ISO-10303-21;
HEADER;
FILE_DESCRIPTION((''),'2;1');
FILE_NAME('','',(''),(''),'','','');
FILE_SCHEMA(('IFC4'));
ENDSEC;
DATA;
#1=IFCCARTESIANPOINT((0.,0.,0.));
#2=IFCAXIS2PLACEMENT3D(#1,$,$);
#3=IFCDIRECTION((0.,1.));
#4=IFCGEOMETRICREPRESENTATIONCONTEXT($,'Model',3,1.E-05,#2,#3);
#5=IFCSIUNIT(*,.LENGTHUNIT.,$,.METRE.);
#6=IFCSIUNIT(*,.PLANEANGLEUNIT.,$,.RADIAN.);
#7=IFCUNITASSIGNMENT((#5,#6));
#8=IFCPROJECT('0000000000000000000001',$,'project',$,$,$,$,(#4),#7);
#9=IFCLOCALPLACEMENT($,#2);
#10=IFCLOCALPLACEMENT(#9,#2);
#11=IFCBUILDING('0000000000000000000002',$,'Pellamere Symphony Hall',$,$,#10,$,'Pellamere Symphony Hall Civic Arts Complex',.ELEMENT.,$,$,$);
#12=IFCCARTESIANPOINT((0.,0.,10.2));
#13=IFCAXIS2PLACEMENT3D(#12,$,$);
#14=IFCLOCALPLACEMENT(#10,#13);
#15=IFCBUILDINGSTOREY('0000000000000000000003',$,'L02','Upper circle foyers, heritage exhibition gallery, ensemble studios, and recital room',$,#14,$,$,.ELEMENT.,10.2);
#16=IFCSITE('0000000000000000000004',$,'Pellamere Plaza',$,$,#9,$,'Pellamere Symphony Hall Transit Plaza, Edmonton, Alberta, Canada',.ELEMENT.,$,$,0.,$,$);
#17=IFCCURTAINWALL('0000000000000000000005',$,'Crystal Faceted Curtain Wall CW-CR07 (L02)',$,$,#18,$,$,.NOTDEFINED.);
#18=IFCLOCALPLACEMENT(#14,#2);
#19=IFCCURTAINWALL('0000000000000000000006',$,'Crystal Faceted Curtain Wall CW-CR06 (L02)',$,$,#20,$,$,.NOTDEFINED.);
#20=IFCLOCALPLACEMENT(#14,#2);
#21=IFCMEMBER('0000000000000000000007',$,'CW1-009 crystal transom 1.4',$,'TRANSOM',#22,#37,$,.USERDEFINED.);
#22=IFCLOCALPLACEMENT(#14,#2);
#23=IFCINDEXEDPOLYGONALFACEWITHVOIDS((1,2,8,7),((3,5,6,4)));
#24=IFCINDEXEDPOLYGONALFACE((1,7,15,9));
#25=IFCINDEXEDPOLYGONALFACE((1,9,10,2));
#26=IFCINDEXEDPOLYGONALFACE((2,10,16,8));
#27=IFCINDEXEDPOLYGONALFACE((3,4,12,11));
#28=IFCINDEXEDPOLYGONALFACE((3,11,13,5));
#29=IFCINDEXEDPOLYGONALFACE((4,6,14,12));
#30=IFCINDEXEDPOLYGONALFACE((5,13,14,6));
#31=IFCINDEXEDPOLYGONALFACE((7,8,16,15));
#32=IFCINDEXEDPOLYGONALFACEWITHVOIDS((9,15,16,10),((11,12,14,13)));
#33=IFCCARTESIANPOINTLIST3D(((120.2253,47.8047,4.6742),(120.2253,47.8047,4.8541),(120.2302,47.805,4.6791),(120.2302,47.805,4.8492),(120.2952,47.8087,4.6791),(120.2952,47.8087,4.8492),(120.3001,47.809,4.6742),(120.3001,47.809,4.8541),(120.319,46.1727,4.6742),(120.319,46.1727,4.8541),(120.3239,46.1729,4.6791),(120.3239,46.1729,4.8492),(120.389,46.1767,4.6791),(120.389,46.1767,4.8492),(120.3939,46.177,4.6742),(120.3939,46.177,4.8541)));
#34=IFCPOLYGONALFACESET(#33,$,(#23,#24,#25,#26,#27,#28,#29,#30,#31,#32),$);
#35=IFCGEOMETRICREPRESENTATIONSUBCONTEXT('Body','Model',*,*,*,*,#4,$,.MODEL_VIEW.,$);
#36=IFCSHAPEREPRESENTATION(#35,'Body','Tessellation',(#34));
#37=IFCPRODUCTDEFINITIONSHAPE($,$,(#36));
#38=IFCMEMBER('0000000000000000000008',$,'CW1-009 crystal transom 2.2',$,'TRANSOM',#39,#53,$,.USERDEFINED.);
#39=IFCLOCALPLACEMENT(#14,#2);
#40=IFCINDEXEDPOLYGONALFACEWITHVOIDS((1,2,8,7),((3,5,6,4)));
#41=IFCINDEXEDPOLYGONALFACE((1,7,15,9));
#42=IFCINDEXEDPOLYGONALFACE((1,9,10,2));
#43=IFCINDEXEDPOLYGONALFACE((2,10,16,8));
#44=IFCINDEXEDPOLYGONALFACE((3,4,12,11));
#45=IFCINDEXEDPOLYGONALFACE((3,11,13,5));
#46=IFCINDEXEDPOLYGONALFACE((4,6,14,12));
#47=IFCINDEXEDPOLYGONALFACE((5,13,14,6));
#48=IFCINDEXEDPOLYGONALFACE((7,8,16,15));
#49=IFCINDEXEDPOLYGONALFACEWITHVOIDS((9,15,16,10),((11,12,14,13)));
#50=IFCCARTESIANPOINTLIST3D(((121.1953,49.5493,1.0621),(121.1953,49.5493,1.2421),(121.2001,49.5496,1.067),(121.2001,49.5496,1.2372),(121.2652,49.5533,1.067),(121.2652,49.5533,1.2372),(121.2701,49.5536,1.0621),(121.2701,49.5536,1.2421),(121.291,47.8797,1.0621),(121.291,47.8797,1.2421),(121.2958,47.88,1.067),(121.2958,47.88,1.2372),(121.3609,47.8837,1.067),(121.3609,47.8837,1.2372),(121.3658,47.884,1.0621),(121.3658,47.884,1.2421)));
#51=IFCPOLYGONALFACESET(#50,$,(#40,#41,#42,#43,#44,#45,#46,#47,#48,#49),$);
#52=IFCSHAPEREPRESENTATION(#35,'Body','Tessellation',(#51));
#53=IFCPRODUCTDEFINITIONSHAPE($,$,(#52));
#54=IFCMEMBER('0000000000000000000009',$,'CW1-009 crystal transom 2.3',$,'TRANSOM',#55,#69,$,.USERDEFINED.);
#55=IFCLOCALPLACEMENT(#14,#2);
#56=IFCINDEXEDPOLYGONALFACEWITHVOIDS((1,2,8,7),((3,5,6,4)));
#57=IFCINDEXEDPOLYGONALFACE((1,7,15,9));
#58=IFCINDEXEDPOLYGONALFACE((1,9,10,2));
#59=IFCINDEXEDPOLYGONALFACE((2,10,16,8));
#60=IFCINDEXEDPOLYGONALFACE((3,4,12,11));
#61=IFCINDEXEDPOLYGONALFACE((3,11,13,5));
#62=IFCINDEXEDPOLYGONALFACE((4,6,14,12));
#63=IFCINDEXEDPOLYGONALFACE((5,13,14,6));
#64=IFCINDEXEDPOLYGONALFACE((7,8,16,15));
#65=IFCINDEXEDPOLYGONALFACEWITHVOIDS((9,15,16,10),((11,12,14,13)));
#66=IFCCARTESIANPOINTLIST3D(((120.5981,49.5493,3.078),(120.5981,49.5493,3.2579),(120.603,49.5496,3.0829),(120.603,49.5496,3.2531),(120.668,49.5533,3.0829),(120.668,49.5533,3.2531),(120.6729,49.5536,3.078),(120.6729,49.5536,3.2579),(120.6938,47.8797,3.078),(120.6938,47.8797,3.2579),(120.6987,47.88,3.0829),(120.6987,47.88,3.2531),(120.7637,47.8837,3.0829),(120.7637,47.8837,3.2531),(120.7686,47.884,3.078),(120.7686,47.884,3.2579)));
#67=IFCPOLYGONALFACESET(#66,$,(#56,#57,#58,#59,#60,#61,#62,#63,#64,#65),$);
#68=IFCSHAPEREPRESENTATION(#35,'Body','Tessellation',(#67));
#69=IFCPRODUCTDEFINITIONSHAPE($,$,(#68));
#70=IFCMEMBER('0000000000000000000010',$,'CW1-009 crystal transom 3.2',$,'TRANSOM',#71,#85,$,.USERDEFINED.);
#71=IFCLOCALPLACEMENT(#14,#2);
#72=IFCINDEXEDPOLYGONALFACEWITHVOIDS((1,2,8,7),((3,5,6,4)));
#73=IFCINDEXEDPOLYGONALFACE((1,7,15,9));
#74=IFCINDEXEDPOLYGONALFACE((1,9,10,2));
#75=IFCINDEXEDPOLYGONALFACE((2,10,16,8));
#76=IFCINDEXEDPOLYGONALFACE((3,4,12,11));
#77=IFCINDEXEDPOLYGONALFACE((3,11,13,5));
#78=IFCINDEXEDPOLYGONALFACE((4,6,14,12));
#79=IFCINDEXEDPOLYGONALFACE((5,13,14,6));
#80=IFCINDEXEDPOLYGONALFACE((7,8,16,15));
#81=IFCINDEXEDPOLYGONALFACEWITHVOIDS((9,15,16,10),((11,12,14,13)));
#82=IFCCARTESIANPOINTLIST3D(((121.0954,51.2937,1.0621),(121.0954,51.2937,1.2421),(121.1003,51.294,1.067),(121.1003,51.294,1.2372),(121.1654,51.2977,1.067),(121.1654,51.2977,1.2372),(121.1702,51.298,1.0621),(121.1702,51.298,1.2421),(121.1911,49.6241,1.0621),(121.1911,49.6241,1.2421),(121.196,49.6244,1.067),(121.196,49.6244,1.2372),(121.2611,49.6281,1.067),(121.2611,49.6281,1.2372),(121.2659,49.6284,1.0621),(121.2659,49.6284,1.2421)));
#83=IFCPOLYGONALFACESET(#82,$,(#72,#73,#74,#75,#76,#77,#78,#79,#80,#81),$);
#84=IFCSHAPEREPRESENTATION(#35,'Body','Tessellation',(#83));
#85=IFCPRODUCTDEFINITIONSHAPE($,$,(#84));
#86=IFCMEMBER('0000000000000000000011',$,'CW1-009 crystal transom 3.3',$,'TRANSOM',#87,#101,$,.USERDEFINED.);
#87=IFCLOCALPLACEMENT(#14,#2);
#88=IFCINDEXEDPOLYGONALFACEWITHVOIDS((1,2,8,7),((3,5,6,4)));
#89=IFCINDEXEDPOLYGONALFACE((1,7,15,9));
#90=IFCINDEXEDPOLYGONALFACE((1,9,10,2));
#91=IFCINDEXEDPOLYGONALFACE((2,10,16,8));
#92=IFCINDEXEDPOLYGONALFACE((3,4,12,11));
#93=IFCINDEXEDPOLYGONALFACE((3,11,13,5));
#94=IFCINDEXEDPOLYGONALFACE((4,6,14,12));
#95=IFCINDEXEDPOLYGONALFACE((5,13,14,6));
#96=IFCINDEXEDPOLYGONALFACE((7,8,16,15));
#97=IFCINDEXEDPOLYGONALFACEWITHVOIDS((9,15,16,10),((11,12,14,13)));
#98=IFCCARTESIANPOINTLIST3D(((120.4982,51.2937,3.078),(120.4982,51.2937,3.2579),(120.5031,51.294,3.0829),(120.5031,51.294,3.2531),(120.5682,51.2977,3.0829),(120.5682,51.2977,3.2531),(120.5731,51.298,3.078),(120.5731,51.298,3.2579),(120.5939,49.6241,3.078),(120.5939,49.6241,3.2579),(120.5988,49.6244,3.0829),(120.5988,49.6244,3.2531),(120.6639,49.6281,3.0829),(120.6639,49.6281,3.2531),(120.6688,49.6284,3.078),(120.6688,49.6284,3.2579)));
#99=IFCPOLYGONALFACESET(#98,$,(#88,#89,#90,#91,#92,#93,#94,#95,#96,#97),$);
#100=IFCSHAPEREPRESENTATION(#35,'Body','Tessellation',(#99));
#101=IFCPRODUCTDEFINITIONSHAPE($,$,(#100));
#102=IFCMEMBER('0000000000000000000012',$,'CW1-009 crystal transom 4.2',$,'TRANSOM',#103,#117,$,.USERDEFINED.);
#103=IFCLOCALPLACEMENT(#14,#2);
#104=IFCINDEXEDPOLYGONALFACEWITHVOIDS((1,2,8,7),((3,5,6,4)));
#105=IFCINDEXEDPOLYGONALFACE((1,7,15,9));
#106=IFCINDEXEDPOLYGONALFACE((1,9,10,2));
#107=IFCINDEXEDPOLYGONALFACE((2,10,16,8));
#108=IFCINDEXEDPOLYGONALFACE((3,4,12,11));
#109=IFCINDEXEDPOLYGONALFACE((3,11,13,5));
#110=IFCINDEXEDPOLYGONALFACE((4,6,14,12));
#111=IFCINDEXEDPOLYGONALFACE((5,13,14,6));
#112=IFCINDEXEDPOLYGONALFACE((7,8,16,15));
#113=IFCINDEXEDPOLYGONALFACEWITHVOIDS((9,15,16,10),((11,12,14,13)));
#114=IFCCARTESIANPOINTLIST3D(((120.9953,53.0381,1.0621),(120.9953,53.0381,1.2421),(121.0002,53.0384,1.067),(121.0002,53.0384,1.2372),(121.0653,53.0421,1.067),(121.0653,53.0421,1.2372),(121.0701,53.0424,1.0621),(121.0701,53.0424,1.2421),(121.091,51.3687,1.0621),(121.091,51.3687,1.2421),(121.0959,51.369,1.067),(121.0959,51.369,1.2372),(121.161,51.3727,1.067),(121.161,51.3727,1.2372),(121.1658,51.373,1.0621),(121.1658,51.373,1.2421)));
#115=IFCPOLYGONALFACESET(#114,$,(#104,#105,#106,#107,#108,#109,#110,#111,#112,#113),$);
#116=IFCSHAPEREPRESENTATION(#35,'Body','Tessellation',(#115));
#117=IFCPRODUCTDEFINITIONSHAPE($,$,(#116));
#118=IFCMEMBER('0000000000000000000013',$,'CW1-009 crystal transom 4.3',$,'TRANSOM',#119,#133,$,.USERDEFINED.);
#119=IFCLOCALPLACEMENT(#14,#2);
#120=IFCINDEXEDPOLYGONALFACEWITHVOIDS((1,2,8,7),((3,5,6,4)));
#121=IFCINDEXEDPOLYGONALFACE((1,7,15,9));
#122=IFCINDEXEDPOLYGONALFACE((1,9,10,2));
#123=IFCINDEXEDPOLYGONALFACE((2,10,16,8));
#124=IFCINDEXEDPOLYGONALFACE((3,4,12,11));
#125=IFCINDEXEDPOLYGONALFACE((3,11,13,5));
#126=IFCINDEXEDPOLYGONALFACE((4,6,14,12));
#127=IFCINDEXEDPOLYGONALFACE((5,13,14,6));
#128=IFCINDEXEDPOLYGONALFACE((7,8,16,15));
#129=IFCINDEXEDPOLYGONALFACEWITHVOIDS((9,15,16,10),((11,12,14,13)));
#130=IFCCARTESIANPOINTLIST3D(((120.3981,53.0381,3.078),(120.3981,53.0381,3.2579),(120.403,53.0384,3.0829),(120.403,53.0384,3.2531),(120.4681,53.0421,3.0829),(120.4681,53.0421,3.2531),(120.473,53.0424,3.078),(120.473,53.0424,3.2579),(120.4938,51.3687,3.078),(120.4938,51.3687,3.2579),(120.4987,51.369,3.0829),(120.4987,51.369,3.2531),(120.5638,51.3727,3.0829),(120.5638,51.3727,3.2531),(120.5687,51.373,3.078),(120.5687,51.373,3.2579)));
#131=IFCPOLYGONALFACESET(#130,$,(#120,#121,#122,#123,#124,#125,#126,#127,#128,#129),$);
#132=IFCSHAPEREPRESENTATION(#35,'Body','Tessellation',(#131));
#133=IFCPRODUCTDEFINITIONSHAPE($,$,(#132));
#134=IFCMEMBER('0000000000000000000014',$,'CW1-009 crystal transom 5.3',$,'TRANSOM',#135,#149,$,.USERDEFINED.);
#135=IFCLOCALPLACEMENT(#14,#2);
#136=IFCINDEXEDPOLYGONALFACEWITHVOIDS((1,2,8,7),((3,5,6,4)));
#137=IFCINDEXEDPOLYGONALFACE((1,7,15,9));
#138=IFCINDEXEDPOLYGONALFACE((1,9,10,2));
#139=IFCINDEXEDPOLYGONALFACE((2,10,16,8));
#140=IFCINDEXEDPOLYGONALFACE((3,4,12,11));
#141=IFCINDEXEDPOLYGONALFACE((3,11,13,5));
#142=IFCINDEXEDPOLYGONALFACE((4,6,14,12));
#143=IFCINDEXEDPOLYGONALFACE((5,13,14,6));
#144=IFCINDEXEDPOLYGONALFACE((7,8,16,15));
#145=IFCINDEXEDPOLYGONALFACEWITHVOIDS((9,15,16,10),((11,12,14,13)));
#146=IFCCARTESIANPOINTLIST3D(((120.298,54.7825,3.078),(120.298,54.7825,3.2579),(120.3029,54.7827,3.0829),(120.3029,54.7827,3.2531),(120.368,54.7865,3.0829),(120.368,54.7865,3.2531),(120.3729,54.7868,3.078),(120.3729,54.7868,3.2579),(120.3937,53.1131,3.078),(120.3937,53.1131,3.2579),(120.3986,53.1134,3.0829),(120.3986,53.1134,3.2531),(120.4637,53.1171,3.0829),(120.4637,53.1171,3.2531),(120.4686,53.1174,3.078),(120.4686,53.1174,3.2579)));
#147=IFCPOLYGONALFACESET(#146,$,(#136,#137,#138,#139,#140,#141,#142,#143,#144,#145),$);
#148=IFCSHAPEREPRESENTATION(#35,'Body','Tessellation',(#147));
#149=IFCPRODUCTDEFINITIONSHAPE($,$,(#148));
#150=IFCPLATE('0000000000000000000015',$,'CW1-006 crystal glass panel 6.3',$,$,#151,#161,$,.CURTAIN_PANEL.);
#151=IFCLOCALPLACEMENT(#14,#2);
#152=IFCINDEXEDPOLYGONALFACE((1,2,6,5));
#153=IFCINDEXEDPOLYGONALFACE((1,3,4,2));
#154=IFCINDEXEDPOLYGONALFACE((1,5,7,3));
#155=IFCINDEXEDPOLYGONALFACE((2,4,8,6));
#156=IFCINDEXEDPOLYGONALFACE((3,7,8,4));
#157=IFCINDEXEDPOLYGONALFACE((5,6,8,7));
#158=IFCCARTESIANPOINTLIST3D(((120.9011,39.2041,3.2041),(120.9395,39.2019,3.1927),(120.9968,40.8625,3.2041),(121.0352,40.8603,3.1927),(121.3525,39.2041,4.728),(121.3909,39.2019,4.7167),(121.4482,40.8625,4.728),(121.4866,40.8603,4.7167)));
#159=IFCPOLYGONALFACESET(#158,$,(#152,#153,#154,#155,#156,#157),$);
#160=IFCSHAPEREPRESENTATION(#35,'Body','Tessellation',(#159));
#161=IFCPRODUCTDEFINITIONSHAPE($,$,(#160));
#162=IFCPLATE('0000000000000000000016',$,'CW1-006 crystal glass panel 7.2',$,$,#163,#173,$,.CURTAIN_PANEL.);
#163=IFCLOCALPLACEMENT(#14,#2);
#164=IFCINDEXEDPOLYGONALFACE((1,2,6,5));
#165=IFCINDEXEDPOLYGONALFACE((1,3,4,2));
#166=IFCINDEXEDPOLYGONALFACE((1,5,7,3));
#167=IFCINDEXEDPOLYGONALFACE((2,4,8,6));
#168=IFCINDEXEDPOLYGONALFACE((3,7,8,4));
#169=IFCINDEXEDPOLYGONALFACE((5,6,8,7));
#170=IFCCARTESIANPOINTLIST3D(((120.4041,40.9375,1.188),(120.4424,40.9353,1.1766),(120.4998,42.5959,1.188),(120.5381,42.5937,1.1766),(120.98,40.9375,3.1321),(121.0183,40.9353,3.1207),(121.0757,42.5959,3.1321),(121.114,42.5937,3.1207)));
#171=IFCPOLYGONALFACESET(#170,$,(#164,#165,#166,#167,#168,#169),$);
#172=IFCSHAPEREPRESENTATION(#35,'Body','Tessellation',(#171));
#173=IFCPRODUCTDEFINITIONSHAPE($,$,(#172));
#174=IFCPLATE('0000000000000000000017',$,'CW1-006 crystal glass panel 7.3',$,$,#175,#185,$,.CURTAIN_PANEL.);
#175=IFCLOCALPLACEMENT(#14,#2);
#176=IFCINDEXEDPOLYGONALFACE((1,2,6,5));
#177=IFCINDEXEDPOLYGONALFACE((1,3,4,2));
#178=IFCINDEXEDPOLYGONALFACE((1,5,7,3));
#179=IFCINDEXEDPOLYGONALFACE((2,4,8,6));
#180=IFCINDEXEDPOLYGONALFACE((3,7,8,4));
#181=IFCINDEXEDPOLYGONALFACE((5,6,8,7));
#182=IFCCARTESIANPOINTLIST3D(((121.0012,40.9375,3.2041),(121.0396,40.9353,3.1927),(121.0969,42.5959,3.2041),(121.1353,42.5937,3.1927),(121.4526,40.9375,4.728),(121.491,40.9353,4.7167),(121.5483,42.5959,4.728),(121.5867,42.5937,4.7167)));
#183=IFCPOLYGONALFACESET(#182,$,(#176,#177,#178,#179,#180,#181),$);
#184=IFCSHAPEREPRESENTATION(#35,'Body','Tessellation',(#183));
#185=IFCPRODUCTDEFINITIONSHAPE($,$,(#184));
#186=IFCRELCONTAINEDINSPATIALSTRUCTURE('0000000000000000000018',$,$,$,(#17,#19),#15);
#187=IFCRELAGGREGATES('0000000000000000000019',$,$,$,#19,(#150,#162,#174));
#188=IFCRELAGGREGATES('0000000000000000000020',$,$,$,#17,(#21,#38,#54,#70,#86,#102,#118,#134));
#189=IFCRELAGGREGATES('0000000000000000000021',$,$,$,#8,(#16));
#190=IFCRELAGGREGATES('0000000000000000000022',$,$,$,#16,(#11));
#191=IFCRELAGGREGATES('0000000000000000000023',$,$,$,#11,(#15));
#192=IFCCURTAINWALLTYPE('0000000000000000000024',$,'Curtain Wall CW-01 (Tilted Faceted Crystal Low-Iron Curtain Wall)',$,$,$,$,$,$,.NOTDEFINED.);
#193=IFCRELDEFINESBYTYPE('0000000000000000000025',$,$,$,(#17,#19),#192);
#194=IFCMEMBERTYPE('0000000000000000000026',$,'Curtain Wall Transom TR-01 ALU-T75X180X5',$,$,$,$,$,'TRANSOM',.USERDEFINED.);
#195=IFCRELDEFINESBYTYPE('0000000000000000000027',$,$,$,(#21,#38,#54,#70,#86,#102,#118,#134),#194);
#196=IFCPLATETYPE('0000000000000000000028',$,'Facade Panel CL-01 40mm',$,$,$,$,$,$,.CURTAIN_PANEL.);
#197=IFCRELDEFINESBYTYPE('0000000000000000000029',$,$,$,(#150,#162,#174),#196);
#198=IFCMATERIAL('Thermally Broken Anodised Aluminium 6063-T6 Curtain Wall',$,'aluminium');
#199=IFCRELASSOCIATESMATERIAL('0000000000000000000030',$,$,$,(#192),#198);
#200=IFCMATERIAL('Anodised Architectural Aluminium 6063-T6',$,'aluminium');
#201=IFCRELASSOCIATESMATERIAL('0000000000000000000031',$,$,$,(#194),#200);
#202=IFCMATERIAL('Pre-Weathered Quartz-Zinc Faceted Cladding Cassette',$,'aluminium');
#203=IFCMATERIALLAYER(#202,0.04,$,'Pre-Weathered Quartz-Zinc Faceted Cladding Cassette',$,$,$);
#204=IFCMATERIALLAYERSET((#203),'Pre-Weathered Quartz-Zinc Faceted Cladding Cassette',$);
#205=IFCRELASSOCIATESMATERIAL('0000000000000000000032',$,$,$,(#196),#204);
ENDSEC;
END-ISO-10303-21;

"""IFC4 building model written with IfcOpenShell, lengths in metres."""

from ifc_helpers import new_model, si_unit, direction, frame, origin, origin_2d, place, context, subcontext, project, spatial, polyline, hollow_rectangle, outline, extrude, material, layer, layer_set, material_profile, profile_set, type_object, element, aggregate, save


model = new_model("IFC4")

# Units and contexts
model_context = context("Model", 3, precision=1e-05, world=origin(), true_north=direction((0.0, 1.0)))
body_context = subcontext(model_context, "Body", "Model", "MODEL_VIEW")
ifc_project = project(units=[si_unit("LENGTHUNIT", "METRE"), si_unit("PLANEANGLEUNIT", "RADIAN")], contexts=[model_context])

# Site, building, storey
site_placement = place(None, origin())
site = spatial("IfcSite", under=ifc_project, at=site_placement, Name="Pellamere Plaza", LongName="Pellamere Symphony Hall Transit Plaza, Edmonton, Alberta, Canada", CompositionType="ELEMENT", RefElevation=0.0)
building_placement = place(site_placement, origin())
building = spatial("IfcBuilding", under=site, at=building_placement, Name="Pellamere Symphony Hall", LongName="Pellamere Symphony Hall Civic Arts Complex", CompositionType="ELEMENT")
storey_placement = place(building_placement, frame((0.0, 0.0, 10.2)))
storey = spatial("IfcBuildingStorey", under=building, at=storey_placement, Name="L02", Description="Upper circle foyers, heritage exhibition gallery, ensemble studios, and recital room", CompositionType="ELEMENT", Elevation=10.2)

# Curtain wall
ifc_material_1 = material(Name="Thermally Broken Anodised Aluminium 6063-T6 Curtain Wall", Category="aluminium")
curtain_wall_type = type_object("IfcCurtainWallType", Name="Curtain Wall CW-01 (Tilted Faceted Crystal Low-Iron Curtain Wall)", PredefinedType="NOTDEFINED", material=ifc_material_1)
curtain_wall_1_placement = place(storey_placement, origin())
curtain_wall_1 = element("IfcCurtainWall", 1, at=curtain_wall_1_placement, inside=storey, type_object=curtain_wall_type, Name="Crystal Faceted Curtain Wall CW-CR07 (L02)", PredefinedType="NOTDEFINED")
ifc_material_2 = material(Name="Anodised Architectural Aluminium 6063-T6", Category="aluminium")

# Curtain wall
curtain_wall_2_placement = place(storey_placement, origin())
curtain_wall_2 = element("IfcCurtainWall", 2, at=curtain_wall_2_placement, inside=storey, type_object=curtain_wall_type, Name="Crystal Faceted Curtain Wall CW-CR06 (L02)", PredefinedType="NOTDEFINED")
ifc_material_profile_1 = material_profile(ifc_material_2, hollow_rectangle(XDim=0.075, YDim=0.1799, WallThickness=0.0049, at=origin_2d()), Name="ALU-T75X180X5")
ifc_profile_set_1 = profile_set([ifc_material_profile_1], Name="Anodised Architectural Aluminium 6063-T6")
member_type_1 = type_object("IfcMemberType", Name="Curtain Wall Transom TR-01 ALU-T75X180X5", ElementType="TRANSOM", PredefinedType="USERDEFINED", material=ifc_profile_set_1)

# Members
member_1_placement = place(storey_placement, frame((120.3564, 46.1748, 4.7642), z_axis=(-0.057348, 0.998354, 0.0), x_axis=(-0.998354, -0.057348, 0.0)))
member_1 = element("IfcMember", 3, at=member_1_placement, type_object=member_type_1, Name="CW1-009 crystal transom 1.4", ObjectType="TRANSOM", PredefinedType="USERDEFINED", context=body_context, shape_type="SweptSolid", body=[
    extrude(hollow_rectangle(XDim=0.075, YDim=0.1799, WallThickness=0.0049, at=origin_2d()), origin(), (0.0, 0.0, 1.0), 1.6348),
])
member_2_placement = place(storey_placement, frame((121.3284, 47.8818, 1.1521), z_axis=(-0.057224, 0.998361, 0.0), x_axis=(-0.998361, -0.057224, 0.0)))
member_2 = element("IfcMember", 4, at=member_2_placement, type_object=member_type_1, Name="CW1-009 crystal transom 2.2", ObjectType="TRANSOM", PredefinedType="USERDEFINED", context=body_context, shape_type="SweptSolid", body=[
    extrude(hollow_rectangle(XDim=0.075, YDim=0.1799, WallThickness=0.0049, at=origin_2d()), origin(), (0.0, 0.0, 1.0), 1.6724),
])
member_3_placement = place(storey_placement, frame((120.7312, 47.8818, 3.168), z_axis=(-0.057224, 0.998361, 0.0), x_axis=(-0.998361, -0.057224, 0.0)))
member_3 = element("IfcMember", 5, at=member_3_placement, type_object=member_type_1, Name="CW1-009 crystal transom 2.3", ObjectType="TRANSOM", PredefinedType="USERDEFINED", context=body_context, shape_type="SweptSolid", body=[
    extrude(hollow_rectangle(XDim=0.075, YDim=0.1799, WallThickness=0.0049, at=origin_2d()), origin(), (0.0, 0.0, 1.0), 1.6724),
])
member_4_placement = place(storey_placement, frame((121.2285, 49.6262, 1.1521), z_axis=(-0.057224, 0.998361, 0.0), x_axis=(-0.998361, -0.057224, 0.0)))
member_4 = element("IfcMember", 6, at=member_4_placement, type_object=member_type_1, Name="CW1-009 crystal transom 3.2", ObjectType="TRANSOM", PredefinedType="USERDEFINED", context=body_context, shape_type="SweptSolid", body=[
    extrude(hollow_rectangle(XDim=0.075, YDim=0.1799, WallThickness=0.0049, at=origin_2d()), origin(), (0.0, 0.0, 1.0), 1.6724),
])
member_5_placement = place(storey_placement, frame((120.6313, 49.6262, 3.168), z_axis=(-0.057224, 0.998361, 0.0), x_axis=(-0.998361, -0.057224, 0.0)))
member_5 = element("IfcMember", 7, at=member_5_placement, type_object=member_type_1, Name="CW1-009 crystal transom 3.3", ObjectType="TRANSOM", PredefinedType="USERDEFINED", context=body_context, shape_type="SweptSolid", body=[
    extrude(hollow_rectangle(XDim=0.075, YDim=0.1799, WallThickness=0.0049, at=origin_2d()), origin(), (0.0, 0.0, 1.0), 1.6724),
])
member_6_placement = place(storey_placement, frame((121.1284, 51.3708, 1.1521), z_axis=(-0.057233, 0.998361, 0.0), x_axis=(-0.998361, -0.057233, 0.0)))
member_6 = element("IfcMember", 8, at=member_6_placement, type_object=member_type_1, Name="CW1-009 crystal transom 4.2", ObjectType="TRANSOM", PredefinedType="USERDEFINED", context=body_context, shape_type="SweptSolid", body=[
    extrude(hollow_rectangle(XDim=0.075, YDim=0.1799, WallThickness=0.0049, at=origin_2d()), origin(), (0.0, 0.0, 1.0), 1.6721),
])
member_7_placement = place(storey_placement, frame((120.5312, 51.3708, 3.168), z_axis=(-0.057233, 0.998361, 0.0), x_axis=(-0.998361, -0.057233, 0.0)))
member_7 = element("IfcMember", 9, at=member_7_placement, type_object=member_type_1, Name="CW1-009 crystal transom 4.3", ObjectType="TRANSOM", PredefinedType="USERDEFINED", context=body_context, shape_type="SweptSolid", body=[
    extrude(hollow_rectangle(XDim=0.075, YDim=0.1799, WallThickness=0.0049, at=origin_2d()), origin(), (0.0, 0.0, 1.0), 1.6721),
])
member_8_placement = place(storey_placement, frame((120.4312, 53.1152, 3.168), z_axis=(-0.057233, 0.998361, 0.0), x_axis=(-0.998361, -0.057233, 0.0)))
member_8 = element("IfcMember", 10, at=member_8_placement, type_object=member_type_1, Name="CW1-009 crystal transom 5.3", ObjectType="TRANSOM", PredefinedType="USERDEFINED", context=body_context, shape_type="SweptSolid", body=[
    extrude(hollow_rectangle(XDim=0.075, YDim=0.1799, WallThickness=0.0049, at=origin_2d()), origin(), (0.0, 0.0, 1.0), 1.6721),
])

# Plates
ifc_material_3 = material(Name="Pre-Weathered Quartz-Zinc Faceted Cladding Cassette", Category="aluminium")
ifc_layer_1 = layer(ifc_material_3, 0.04, Name="Pre-Weathered Quartz-Zinc Faceted Cladding Cassette")
ifc_layer_set_1 = layer_set([ifc_layer_1], Name="Pre-Weathered Quartz-Zinc Faceted Cladding Cassette")
plate_type_1 = type_object("IfcPlateType", Name="Facade Panel CL-01 40mm", PredefinedType="CURTAIN_PANEL", material=ifc_layer_set_1)
plate_1_placement = place(storey_placement, frame((120.9011, 39.2041, 3.2041), z_axis=(-0.957354, 0.055246, 0.283587), x_axis=(0.057611, 0.998339, 0.0)))
plate_1 = element("IfcPlate", 11, at=plate_1_placement, type_object=plate_type_1, Name="CW1-006 crystal glass panel 6.3", PredefinedType="CURTAIN_PANEL", context=body_context, shape_type="SweptSolid", body=[
    extrude(outline(polyline([(0.0, 0.0), (1.6612, 0.0), (1.6872, -1.5892), (0.026, -1.5892), (0.0, 0.0)])), origin(), (0.0, 0.0, -1.0), 0.04),
])
plate_2_placement = place(storey_placement, frame((120.4041, 40.9375, 1.188), z_axis=(-0.957347, 0.055245, 0.283609), x_axis=(0.057611, 0.998339, 0.0)))
plate_2 = element("IfcPlate", 12, at=plate_2_placement, type_object=plate_type_1, Name="CW1-006 crystal glass panel 7.2", PredefinedType="CURTAIN_PANEL", context=body_context, shape_type="SweptSolid", body=[
    extrude(outline(polyline([(0.0, 0.0), (1.6612, 0.0), (1.6944, -2.0273), (0.0332, -2.0273), (0.0, 0.0)])), origin(), (0.0, 0.0, -1.0), 0.04),
])
plate_3_placement = place(storey_placement, frame((121.0012, 40.9375, 3.2041), z_axis=(-0.957354, 0.055246, 0.283587), x_axis=(0.057611, 0.998339, 0.0)))
plate_3 = element("IfcPlate", 13, at=plate_3_placement, type_object=plate_type_1, Name="CW1-006 crystal glass panel 7.3", PredefinedType="CURTAIN_PANEL", context=body_context, shape_type="SweptSolid", body=[
    extrude(outline(polyline([(0.0, 0.0), (1.6612, 0.0), (1.6872, -1.5892), (0.026, -1.5892), (0.0, 0.0)])), origin(), (0.0, 0.0, -1.0), 0.04),
])
aggregate(curtain_wall_2, [plate_1, plate_2, plate_3])
aggregate(curtain_wall_1, [member_1, member_2, member_3, member_4, member_5, member_6, member_7, member_8])

save(model, "model.ifc")
